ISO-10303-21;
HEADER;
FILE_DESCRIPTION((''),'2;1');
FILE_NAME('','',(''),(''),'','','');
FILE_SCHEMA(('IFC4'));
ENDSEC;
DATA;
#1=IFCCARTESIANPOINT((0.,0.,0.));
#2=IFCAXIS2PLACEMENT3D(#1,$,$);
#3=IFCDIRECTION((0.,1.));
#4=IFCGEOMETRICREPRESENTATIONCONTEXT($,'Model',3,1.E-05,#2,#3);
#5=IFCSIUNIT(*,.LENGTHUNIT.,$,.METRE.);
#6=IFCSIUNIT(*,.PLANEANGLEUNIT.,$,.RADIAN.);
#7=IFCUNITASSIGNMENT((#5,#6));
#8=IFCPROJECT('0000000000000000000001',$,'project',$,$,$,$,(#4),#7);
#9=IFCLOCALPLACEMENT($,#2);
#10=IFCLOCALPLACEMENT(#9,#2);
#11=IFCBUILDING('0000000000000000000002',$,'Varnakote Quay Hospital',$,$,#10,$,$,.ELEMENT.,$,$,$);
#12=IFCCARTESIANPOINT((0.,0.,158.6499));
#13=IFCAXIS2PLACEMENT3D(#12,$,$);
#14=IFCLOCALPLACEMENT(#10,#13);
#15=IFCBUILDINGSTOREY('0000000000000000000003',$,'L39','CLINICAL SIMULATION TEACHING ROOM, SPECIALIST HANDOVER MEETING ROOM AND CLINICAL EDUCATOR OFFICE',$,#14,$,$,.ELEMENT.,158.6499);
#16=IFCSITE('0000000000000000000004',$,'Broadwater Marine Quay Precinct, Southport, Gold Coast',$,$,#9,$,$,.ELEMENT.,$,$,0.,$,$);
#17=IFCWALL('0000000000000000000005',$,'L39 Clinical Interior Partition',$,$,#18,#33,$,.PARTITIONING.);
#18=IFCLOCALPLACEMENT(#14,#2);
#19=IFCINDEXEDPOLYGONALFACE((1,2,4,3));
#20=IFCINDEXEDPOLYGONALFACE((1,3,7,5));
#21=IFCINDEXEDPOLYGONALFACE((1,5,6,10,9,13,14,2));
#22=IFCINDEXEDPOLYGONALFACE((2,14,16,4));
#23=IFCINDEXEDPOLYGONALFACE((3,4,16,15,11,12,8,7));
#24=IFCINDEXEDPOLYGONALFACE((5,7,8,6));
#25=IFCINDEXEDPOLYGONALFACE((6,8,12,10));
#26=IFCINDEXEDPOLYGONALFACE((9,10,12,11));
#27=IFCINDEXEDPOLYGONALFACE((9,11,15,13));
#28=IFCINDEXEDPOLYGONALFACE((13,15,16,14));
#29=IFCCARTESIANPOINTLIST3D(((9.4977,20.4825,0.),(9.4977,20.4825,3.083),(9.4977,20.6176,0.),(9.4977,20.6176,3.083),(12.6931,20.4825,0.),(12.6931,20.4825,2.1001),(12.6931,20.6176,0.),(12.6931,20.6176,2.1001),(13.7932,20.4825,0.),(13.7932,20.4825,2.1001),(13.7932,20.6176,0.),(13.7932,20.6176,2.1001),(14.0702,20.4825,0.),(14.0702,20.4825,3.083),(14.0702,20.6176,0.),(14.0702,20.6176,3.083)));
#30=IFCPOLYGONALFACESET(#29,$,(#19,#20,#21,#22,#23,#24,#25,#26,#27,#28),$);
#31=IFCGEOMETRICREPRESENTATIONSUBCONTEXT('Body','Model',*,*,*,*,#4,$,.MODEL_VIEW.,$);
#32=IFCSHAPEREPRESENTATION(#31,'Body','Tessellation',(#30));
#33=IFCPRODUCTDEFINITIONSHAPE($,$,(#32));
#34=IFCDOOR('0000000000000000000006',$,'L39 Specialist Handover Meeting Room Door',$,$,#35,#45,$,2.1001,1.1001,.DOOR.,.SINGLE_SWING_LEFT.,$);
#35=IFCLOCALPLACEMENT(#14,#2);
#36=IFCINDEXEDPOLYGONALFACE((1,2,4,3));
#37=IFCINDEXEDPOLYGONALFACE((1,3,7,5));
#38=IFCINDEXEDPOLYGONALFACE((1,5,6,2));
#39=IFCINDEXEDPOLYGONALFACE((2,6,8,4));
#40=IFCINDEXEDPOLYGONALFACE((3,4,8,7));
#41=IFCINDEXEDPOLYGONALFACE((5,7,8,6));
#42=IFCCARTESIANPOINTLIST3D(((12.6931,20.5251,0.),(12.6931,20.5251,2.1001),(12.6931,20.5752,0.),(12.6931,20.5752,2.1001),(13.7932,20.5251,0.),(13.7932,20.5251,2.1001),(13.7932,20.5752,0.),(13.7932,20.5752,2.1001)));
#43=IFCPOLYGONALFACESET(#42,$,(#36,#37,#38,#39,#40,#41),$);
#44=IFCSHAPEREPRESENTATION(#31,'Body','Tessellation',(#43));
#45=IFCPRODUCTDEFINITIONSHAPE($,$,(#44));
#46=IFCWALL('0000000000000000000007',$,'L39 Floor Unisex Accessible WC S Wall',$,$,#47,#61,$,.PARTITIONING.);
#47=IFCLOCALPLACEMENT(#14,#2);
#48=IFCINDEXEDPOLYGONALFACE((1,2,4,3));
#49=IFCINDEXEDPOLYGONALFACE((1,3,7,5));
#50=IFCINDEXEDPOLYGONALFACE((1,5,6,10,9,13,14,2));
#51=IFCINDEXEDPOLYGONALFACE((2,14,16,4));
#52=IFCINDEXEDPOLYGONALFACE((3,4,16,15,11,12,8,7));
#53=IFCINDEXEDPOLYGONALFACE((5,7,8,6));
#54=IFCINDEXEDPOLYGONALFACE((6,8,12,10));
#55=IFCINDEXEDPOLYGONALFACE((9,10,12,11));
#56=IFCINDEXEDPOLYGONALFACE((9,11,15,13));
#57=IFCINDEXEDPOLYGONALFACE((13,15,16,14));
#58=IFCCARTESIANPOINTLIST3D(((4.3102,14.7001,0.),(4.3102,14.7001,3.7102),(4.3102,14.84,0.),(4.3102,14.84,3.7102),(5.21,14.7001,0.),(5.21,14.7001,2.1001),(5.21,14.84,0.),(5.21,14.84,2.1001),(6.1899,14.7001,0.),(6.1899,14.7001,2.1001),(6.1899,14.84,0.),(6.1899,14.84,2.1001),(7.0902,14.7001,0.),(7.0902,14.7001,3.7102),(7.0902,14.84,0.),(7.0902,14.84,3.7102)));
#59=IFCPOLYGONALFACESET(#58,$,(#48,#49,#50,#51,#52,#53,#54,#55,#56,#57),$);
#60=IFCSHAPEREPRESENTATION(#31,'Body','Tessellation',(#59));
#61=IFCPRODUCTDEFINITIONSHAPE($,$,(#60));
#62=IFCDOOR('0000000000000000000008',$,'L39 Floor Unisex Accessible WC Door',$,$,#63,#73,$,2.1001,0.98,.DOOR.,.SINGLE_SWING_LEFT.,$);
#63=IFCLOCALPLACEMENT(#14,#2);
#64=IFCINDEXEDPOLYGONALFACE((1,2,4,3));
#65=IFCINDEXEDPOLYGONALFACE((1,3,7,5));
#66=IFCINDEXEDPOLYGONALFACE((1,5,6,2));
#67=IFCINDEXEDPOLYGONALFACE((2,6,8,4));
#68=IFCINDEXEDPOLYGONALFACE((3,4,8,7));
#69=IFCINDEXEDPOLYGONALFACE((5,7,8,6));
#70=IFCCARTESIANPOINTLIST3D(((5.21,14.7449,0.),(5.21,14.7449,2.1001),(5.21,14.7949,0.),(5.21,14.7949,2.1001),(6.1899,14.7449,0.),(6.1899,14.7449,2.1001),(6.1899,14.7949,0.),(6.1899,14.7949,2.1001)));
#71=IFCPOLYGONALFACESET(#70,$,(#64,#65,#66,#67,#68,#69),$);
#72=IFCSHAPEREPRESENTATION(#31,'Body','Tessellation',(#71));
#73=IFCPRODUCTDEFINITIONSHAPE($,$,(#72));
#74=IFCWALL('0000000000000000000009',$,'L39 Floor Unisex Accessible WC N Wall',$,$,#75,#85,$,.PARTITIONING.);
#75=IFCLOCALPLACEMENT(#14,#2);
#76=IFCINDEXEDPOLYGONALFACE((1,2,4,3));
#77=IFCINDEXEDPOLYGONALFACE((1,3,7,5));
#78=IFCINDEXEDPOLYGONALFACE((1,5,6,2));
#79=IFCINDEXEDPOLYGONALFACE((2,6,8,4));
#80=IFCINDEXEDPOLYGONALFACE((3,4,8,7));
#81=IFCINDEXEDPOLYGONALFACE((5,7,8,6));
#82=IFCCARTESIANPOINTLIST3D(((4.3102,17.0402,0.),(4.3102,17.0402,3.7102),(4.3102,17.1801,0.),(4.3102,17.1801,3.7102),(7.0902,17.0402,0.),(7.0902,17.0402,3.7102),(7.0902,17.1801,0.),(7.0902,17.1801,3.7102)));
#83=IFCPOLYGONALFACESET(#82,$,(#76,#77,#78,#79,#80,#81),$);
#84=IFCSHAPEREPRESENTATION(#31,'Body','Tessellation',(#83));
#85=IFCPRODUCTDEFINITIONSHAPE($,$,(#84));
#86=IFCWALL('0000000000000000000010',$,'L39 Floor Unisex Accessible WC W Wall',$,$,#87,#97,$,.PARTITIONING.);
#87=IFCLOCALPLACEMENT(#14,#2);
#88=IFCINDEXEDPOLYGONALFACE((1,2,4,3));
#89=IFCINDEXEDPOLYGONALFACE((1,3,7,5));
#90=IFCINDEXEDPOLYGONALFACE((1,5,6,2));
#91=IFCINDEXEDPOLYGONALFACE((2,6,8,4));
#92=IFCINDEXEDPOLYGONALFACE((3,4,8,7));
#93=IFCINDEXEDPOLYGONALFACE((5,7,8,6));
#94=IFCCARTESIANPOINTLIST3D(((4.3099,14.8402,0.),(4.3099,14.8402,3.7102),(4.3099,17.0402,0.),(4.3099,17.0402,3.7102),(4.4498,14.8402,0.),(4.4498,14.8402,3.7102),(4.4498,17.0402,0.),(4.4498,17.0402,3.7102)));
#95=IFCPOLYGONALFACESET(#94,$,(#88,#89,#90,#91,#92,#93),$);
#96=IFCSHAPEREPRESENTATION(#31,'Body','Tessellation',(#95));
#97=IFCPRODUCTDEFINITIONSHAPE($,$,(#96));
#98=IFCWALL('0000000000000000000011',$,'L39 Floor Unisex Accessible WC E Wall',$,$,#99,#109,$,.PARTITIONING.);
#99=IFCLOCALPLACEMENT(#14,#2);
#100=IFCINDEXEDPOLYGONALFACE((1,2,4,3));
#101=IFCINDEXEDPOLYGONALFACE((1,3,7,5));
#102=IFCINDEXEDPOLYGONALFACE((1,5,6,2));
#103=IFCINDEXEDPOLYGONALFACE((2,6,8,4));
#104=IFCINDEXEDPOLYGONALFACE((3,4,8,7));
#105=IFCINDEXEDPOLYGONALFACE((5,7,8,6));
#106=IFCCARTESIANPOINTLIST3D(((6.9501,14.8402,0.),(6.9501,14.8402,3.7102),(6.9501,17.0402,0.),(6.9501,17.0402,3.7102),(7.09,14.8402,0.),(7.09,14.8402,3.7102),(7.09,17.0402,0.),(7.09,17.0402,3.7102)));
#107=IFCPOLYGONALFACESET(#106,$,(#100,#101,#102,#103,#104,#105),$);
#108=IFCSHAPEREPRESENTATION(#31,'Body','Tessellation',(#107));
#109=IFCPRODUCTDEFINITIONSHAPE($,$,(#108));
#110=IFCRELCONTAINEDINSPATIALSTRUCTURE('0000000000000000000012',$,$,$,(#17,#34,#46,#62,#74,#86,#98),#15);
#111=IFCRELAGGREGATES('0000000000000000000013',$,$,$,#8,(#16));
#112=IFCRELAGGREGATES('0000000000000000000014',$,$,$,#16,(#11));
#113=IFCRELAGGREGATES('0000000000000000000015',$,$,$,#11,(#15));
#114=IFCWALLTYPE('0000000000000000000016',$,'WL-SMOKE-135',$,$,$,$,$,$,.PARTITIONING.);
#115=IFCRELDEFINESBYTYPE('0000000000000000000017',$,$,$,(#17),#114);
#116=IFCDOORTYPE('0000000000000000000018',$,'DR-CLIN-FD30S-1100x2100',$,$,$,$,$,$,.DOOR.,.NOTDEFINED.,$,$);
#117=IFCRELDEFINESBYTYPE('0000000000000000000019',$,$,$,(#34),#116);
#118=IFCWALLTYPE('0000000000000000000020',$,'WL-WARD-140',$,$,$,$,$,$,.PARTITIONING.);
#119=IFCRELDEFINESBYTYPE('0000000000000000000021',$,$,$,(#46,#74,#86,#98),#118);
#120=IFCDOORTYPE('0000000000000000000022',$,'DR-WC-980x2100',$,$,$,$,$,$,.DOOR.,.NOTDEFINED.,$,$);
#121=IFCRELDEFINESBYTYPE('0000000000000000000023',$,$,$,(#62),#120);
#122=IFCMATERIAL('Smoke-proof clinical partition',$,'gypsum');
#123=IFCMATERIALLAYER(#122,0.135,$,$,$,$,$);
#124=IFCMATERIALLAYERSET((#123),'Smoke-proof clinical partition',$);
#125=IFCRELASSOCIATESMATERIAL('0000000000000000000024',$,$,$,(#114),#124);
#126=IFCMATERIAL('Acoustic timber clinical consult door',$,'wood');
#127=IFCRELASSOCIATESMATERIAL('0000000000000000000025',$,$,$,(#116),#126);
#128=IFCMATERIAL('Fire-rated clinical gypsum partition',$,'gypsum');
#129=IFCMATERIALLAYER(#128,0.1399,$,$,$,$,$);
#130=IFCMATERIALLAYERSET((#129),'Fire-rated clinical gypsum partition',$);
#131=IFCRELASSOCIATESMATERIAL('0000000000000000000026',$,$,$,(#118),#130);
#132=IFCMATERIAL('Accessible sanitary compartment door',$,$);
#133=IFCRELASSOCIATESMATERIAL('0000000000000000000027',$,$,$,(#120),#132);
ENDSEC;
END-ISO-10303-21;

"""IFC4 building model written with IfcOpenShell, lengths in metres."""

from ifc_helpers import new_model, si_unit, direction, frame, frame_2d, origin, place, context, subcontext, project, spatial, rectangle, extrude, material, layer, layer_set, type_object, element, fill, save


model = new_model("IFC4")

# Units and contexts
model_context = context("Model", 3, precision=1e-05, world=origin(), true_north=direction((0.0, 1.0)))
body_context = subcontext(model_context, "Body", "Model", "MODEL_VIEW")
ifc_project = project(units=[si_unit("LENGTHUNIT", "METRE"), si_unit("PLANEANGLEUNIT", "RADIAN")], contexts=[model_context])

# Site, building, storey
site_placement = place(None, origin())
site = spatial("IfcSite", under=ifc_project, at=site_placement, Name="Broadwater Marine Quay Precinct, Southport, Gold Coast", CompositionType="ELEMENT", RefElevation=0.0)
building_placement = place(site_placement, origin())
building = spatial("IfcBuilding", under=site, at=building_placement, Name="Varnakote Quay Hospital", CompositionType="ELEMENT")
storey_placement = place(building_placement, frame((0.0, 0.0, 158.6499)))
storey = spatial("IfcBuildingStorey", under=building, at=storey_placement, Name="L39", Description="CLINICAL SIMULATION TEACHING ROOM, SPECIALIST HANDOVER MEETING ROOM AND CLINICAL EDUCATOR OFFICE", CompositionType="ELEMENT", Elevation=158.6499)

# Shared definitions
ifc_material_1 = material(Name="Smoke-proof clinical partition", Category="gypsum")
ifc_layer_1 = layer(ifc_material_1, 0.135)
ifc_layer_set_1 = layer_set([ifc_layer_1], Name="Smoke-proof clinical partition")
wall_type_1 = type_object("IfcWallType", Name="WL-SMOKE-135", PredefinedType="PARTITIONING", material=ifc_layer_set_1)

# Shared definitions
ifc_material_2 = material(Name="Acoustic timber clinical consult door", Category="wood")
door_type_1 = type_object("IfcDoorType", Name="DR-CLIN-FD30S-1100x2100", OperationType="NOTDEFINED", PredefinedType="DOOR", material=ifc_material_2)

# Walls, openings, doors
wall_1_placement = place(storey_placement, frame((14.0701, 20.55, 0.0), z_axis=(0.0, 0.0, 1.0), x_axis=(-1.0, 0.0, 0.0)))
wall_1 = element("IfcWall", 1, at=wall_1_placement, inside=storey, type_object=wall_type_1, Name="L39 Clinical Interior Partition", PredefinedType="PARTITIONING", context=body_context, shape_type="SweptSolid", body=[
    extrude(rectangle(XDim=4.5725, YDim=0.135, at=frame_2d((2.2861, 0.0))), origin(), (0.0, 0.0, 1.0), 3.083),
])
opening_1_placement = place(wall_1_placement, frame((0.2769, 0.0, 0.0)))
opening_1 = element("IfcOpeningElement", 2, at=opening_1_placement, cuts=wall_1, PredefinedType="OPENING", context=body_context, shape_type="SweptSolid", body=[
    extrude(rectangle(XDim=1.1001, YDim=2.1001, at=frame_2d((0.55, 1.05))), frame((0.0, 0.0774, 0.0), z_axis=(0.0, -1.0, 0.0), x_axis=(1.0, 0.0, 0.0)), (0.0, 0.0, 1.0), 0.155),
])
door_1_placement = place(opening_1_placement, origin())
door_1 = element("IfcDoor", 3, at=door_1_placement, inside=storey, type_object=door_type_1, Name="L39 Specialist Handover Meeting Room Door", OperationType="SINGLE_SWING_LEFT", OverallHeight=2.1001, OverallWidth=1.1001, PredefinedType="DOOR", context=body_context, shape_type="SweptSolid", body=[
    extrude(rectangle(XDim=1.1001, YDim=2.1001, at=frame_2d((0.55, 1.05))), frame((0.0, 0.0249, 0.0), z_axis=(0.0, -1.0, 0.0), x_axis=(1.0, 0.0, 0.0)), (0.0, 0.0, 1.0), 0.05),
])
fill(opening_1, door_1)
ifc_material_3 = material(Name="Fire-rated clinical gypsum partition", Category="gypsum")
ifc_layer_2 = layer(ifc_material_3, 0.1399)
ifc_layer_set_2 = layer_set([ifc_layer_2], Name="Fire-rated clinical gypsum partition")
wall_type_2 = type_object("IfcWallType", Name="WL-WARD-140", PredefinedType="PARTITIONING", material=ifc_layer_set_2)
wall_2_placement = place(storey_placement, frame((4.3101, 14.77, 0.0), z_axis=(0.0, 0.0, 1.0), x_axis=(1.0, 0.0, 0.0)))
wall_2 = element("IfcWall", 4, at=wall_2_placement, inside=storey, type_object=wall_type_2, Name="L39 Floor Unisex Accessible WC S Wall", PredefinedType="PARTITIONING", context=body_context, shape_type="SweptSolid", body=[
    extrude(rectangle(XDim=2.78, YDim=0.1399, at=frame_2d((1.3901, 0.0))), origin(), (0.0, 0.0, 1.0), 3.7102),
])
opening_2_placement = place(wall_2_placement, frame((0.8999, 0.0, 0.0)))
opening_2 = element("IfcOpeningElement", 5, at=opening_2_placement, cuts=wall_2, PredefinedType="OPENING", context=body_context, shape_type="SweptSolid", body=[
    extrude(rectangle(XDim=0.98, YDim=2.1001, at=frame_2d((0.49, 1.05))), frame((0.0, 0.0798, 0.0), z_axis=(0.0, -1.0, 0.0), x_axis=(1.0, 0.0, 0.0)), (0.0, 0.0, 1.0), 0.1599),
])
ifc_material_4 = material(Name="Accessible sanitary compartment door")
door_type_2 = type_object("IfcDoorType", Name="DR-WC-980x2100", OperationType="NOTDEFINED", PredefinedType="DOOR", material=ifc_material_4)
door_2_placement = place(opening_2_placement, origin())
door_2 = element("IfcDoor", 6, at=door_2_placement, inside=storey, type_object=door_type_2, Name="L39 Floor Unisex Accessible WC Door", OperationType="SINGLE_SWING_LEFT", OverallHeight=2.1001, OverallWidth=0.98, PredefinedType="DOOR", context=body_context, shape_type="SweptSolid", body=[
    extrude(rectangle(XDim=0.98, YDim=2.1001, at=frame_2d((0.49, 1.05))), frame((0.0, 0.0249, 0.0), z_axis=(0.0, -1.0, 0.0), x_axis=(1.0, 0.0, 0.0)), (0.0, 0.0, 1.0), 0.05),
])
fill(opening_2, door_2)

# Walls
wall_3_placement = place(storey_placement, frame((4.3101, 17.1101, 0.0), z_axis=(0.0, 0.0, 1.0), x_axis=(1.0, 0.0, 0.0)))
element("IfcWall", 7, at=wall_3_placement, inside=storey, type_object=wall_type_2, Name="L39 Floor Unisex Accessible WC N Wall", PredefinedType="PARTITIONING", context=body_context, shape_type="SweptSolid", body=[
    extrude(rectangle(XDim=2.78, YDim=0.1399, at=frame_2d((1.3901, 0.0))), origin(), (0.0, 0.0, 1.0), 3.7102),
])
for number, where, z_axis, x_axis, name in (
    (8, (4.3799, 14.8401, 0.0), (0.0, 0.0, 1.0), (0.0, 1.0, 0.0), "L39 Floor Unisex Accessible WC W Wall"),
    (9, (7.02, 14.8401, 0.0), (0.0, 0.0, 1.0), (0.0, 1.0, 0.0), "L39 Floor Unisex Accessible WC E Wall"),
):
    element("IfcWall", number, at=place(storey_placement, frame(where, z_axis=z_axis, x_axis=x_axis)), inside=storey, type_object=wall_type_2, Name=name, PredefinedType="PARTITIONING", context=body_context, shape_type="SweptSolid", body=[
        extrude(rectangle(XDim=2.2, YDim=0.1399, at=frame_2d((1.1001, 0.0))), origin(), (0.0, 0.0, 1.0), 3.7102),
    ])

save(model, "model.ifc")
